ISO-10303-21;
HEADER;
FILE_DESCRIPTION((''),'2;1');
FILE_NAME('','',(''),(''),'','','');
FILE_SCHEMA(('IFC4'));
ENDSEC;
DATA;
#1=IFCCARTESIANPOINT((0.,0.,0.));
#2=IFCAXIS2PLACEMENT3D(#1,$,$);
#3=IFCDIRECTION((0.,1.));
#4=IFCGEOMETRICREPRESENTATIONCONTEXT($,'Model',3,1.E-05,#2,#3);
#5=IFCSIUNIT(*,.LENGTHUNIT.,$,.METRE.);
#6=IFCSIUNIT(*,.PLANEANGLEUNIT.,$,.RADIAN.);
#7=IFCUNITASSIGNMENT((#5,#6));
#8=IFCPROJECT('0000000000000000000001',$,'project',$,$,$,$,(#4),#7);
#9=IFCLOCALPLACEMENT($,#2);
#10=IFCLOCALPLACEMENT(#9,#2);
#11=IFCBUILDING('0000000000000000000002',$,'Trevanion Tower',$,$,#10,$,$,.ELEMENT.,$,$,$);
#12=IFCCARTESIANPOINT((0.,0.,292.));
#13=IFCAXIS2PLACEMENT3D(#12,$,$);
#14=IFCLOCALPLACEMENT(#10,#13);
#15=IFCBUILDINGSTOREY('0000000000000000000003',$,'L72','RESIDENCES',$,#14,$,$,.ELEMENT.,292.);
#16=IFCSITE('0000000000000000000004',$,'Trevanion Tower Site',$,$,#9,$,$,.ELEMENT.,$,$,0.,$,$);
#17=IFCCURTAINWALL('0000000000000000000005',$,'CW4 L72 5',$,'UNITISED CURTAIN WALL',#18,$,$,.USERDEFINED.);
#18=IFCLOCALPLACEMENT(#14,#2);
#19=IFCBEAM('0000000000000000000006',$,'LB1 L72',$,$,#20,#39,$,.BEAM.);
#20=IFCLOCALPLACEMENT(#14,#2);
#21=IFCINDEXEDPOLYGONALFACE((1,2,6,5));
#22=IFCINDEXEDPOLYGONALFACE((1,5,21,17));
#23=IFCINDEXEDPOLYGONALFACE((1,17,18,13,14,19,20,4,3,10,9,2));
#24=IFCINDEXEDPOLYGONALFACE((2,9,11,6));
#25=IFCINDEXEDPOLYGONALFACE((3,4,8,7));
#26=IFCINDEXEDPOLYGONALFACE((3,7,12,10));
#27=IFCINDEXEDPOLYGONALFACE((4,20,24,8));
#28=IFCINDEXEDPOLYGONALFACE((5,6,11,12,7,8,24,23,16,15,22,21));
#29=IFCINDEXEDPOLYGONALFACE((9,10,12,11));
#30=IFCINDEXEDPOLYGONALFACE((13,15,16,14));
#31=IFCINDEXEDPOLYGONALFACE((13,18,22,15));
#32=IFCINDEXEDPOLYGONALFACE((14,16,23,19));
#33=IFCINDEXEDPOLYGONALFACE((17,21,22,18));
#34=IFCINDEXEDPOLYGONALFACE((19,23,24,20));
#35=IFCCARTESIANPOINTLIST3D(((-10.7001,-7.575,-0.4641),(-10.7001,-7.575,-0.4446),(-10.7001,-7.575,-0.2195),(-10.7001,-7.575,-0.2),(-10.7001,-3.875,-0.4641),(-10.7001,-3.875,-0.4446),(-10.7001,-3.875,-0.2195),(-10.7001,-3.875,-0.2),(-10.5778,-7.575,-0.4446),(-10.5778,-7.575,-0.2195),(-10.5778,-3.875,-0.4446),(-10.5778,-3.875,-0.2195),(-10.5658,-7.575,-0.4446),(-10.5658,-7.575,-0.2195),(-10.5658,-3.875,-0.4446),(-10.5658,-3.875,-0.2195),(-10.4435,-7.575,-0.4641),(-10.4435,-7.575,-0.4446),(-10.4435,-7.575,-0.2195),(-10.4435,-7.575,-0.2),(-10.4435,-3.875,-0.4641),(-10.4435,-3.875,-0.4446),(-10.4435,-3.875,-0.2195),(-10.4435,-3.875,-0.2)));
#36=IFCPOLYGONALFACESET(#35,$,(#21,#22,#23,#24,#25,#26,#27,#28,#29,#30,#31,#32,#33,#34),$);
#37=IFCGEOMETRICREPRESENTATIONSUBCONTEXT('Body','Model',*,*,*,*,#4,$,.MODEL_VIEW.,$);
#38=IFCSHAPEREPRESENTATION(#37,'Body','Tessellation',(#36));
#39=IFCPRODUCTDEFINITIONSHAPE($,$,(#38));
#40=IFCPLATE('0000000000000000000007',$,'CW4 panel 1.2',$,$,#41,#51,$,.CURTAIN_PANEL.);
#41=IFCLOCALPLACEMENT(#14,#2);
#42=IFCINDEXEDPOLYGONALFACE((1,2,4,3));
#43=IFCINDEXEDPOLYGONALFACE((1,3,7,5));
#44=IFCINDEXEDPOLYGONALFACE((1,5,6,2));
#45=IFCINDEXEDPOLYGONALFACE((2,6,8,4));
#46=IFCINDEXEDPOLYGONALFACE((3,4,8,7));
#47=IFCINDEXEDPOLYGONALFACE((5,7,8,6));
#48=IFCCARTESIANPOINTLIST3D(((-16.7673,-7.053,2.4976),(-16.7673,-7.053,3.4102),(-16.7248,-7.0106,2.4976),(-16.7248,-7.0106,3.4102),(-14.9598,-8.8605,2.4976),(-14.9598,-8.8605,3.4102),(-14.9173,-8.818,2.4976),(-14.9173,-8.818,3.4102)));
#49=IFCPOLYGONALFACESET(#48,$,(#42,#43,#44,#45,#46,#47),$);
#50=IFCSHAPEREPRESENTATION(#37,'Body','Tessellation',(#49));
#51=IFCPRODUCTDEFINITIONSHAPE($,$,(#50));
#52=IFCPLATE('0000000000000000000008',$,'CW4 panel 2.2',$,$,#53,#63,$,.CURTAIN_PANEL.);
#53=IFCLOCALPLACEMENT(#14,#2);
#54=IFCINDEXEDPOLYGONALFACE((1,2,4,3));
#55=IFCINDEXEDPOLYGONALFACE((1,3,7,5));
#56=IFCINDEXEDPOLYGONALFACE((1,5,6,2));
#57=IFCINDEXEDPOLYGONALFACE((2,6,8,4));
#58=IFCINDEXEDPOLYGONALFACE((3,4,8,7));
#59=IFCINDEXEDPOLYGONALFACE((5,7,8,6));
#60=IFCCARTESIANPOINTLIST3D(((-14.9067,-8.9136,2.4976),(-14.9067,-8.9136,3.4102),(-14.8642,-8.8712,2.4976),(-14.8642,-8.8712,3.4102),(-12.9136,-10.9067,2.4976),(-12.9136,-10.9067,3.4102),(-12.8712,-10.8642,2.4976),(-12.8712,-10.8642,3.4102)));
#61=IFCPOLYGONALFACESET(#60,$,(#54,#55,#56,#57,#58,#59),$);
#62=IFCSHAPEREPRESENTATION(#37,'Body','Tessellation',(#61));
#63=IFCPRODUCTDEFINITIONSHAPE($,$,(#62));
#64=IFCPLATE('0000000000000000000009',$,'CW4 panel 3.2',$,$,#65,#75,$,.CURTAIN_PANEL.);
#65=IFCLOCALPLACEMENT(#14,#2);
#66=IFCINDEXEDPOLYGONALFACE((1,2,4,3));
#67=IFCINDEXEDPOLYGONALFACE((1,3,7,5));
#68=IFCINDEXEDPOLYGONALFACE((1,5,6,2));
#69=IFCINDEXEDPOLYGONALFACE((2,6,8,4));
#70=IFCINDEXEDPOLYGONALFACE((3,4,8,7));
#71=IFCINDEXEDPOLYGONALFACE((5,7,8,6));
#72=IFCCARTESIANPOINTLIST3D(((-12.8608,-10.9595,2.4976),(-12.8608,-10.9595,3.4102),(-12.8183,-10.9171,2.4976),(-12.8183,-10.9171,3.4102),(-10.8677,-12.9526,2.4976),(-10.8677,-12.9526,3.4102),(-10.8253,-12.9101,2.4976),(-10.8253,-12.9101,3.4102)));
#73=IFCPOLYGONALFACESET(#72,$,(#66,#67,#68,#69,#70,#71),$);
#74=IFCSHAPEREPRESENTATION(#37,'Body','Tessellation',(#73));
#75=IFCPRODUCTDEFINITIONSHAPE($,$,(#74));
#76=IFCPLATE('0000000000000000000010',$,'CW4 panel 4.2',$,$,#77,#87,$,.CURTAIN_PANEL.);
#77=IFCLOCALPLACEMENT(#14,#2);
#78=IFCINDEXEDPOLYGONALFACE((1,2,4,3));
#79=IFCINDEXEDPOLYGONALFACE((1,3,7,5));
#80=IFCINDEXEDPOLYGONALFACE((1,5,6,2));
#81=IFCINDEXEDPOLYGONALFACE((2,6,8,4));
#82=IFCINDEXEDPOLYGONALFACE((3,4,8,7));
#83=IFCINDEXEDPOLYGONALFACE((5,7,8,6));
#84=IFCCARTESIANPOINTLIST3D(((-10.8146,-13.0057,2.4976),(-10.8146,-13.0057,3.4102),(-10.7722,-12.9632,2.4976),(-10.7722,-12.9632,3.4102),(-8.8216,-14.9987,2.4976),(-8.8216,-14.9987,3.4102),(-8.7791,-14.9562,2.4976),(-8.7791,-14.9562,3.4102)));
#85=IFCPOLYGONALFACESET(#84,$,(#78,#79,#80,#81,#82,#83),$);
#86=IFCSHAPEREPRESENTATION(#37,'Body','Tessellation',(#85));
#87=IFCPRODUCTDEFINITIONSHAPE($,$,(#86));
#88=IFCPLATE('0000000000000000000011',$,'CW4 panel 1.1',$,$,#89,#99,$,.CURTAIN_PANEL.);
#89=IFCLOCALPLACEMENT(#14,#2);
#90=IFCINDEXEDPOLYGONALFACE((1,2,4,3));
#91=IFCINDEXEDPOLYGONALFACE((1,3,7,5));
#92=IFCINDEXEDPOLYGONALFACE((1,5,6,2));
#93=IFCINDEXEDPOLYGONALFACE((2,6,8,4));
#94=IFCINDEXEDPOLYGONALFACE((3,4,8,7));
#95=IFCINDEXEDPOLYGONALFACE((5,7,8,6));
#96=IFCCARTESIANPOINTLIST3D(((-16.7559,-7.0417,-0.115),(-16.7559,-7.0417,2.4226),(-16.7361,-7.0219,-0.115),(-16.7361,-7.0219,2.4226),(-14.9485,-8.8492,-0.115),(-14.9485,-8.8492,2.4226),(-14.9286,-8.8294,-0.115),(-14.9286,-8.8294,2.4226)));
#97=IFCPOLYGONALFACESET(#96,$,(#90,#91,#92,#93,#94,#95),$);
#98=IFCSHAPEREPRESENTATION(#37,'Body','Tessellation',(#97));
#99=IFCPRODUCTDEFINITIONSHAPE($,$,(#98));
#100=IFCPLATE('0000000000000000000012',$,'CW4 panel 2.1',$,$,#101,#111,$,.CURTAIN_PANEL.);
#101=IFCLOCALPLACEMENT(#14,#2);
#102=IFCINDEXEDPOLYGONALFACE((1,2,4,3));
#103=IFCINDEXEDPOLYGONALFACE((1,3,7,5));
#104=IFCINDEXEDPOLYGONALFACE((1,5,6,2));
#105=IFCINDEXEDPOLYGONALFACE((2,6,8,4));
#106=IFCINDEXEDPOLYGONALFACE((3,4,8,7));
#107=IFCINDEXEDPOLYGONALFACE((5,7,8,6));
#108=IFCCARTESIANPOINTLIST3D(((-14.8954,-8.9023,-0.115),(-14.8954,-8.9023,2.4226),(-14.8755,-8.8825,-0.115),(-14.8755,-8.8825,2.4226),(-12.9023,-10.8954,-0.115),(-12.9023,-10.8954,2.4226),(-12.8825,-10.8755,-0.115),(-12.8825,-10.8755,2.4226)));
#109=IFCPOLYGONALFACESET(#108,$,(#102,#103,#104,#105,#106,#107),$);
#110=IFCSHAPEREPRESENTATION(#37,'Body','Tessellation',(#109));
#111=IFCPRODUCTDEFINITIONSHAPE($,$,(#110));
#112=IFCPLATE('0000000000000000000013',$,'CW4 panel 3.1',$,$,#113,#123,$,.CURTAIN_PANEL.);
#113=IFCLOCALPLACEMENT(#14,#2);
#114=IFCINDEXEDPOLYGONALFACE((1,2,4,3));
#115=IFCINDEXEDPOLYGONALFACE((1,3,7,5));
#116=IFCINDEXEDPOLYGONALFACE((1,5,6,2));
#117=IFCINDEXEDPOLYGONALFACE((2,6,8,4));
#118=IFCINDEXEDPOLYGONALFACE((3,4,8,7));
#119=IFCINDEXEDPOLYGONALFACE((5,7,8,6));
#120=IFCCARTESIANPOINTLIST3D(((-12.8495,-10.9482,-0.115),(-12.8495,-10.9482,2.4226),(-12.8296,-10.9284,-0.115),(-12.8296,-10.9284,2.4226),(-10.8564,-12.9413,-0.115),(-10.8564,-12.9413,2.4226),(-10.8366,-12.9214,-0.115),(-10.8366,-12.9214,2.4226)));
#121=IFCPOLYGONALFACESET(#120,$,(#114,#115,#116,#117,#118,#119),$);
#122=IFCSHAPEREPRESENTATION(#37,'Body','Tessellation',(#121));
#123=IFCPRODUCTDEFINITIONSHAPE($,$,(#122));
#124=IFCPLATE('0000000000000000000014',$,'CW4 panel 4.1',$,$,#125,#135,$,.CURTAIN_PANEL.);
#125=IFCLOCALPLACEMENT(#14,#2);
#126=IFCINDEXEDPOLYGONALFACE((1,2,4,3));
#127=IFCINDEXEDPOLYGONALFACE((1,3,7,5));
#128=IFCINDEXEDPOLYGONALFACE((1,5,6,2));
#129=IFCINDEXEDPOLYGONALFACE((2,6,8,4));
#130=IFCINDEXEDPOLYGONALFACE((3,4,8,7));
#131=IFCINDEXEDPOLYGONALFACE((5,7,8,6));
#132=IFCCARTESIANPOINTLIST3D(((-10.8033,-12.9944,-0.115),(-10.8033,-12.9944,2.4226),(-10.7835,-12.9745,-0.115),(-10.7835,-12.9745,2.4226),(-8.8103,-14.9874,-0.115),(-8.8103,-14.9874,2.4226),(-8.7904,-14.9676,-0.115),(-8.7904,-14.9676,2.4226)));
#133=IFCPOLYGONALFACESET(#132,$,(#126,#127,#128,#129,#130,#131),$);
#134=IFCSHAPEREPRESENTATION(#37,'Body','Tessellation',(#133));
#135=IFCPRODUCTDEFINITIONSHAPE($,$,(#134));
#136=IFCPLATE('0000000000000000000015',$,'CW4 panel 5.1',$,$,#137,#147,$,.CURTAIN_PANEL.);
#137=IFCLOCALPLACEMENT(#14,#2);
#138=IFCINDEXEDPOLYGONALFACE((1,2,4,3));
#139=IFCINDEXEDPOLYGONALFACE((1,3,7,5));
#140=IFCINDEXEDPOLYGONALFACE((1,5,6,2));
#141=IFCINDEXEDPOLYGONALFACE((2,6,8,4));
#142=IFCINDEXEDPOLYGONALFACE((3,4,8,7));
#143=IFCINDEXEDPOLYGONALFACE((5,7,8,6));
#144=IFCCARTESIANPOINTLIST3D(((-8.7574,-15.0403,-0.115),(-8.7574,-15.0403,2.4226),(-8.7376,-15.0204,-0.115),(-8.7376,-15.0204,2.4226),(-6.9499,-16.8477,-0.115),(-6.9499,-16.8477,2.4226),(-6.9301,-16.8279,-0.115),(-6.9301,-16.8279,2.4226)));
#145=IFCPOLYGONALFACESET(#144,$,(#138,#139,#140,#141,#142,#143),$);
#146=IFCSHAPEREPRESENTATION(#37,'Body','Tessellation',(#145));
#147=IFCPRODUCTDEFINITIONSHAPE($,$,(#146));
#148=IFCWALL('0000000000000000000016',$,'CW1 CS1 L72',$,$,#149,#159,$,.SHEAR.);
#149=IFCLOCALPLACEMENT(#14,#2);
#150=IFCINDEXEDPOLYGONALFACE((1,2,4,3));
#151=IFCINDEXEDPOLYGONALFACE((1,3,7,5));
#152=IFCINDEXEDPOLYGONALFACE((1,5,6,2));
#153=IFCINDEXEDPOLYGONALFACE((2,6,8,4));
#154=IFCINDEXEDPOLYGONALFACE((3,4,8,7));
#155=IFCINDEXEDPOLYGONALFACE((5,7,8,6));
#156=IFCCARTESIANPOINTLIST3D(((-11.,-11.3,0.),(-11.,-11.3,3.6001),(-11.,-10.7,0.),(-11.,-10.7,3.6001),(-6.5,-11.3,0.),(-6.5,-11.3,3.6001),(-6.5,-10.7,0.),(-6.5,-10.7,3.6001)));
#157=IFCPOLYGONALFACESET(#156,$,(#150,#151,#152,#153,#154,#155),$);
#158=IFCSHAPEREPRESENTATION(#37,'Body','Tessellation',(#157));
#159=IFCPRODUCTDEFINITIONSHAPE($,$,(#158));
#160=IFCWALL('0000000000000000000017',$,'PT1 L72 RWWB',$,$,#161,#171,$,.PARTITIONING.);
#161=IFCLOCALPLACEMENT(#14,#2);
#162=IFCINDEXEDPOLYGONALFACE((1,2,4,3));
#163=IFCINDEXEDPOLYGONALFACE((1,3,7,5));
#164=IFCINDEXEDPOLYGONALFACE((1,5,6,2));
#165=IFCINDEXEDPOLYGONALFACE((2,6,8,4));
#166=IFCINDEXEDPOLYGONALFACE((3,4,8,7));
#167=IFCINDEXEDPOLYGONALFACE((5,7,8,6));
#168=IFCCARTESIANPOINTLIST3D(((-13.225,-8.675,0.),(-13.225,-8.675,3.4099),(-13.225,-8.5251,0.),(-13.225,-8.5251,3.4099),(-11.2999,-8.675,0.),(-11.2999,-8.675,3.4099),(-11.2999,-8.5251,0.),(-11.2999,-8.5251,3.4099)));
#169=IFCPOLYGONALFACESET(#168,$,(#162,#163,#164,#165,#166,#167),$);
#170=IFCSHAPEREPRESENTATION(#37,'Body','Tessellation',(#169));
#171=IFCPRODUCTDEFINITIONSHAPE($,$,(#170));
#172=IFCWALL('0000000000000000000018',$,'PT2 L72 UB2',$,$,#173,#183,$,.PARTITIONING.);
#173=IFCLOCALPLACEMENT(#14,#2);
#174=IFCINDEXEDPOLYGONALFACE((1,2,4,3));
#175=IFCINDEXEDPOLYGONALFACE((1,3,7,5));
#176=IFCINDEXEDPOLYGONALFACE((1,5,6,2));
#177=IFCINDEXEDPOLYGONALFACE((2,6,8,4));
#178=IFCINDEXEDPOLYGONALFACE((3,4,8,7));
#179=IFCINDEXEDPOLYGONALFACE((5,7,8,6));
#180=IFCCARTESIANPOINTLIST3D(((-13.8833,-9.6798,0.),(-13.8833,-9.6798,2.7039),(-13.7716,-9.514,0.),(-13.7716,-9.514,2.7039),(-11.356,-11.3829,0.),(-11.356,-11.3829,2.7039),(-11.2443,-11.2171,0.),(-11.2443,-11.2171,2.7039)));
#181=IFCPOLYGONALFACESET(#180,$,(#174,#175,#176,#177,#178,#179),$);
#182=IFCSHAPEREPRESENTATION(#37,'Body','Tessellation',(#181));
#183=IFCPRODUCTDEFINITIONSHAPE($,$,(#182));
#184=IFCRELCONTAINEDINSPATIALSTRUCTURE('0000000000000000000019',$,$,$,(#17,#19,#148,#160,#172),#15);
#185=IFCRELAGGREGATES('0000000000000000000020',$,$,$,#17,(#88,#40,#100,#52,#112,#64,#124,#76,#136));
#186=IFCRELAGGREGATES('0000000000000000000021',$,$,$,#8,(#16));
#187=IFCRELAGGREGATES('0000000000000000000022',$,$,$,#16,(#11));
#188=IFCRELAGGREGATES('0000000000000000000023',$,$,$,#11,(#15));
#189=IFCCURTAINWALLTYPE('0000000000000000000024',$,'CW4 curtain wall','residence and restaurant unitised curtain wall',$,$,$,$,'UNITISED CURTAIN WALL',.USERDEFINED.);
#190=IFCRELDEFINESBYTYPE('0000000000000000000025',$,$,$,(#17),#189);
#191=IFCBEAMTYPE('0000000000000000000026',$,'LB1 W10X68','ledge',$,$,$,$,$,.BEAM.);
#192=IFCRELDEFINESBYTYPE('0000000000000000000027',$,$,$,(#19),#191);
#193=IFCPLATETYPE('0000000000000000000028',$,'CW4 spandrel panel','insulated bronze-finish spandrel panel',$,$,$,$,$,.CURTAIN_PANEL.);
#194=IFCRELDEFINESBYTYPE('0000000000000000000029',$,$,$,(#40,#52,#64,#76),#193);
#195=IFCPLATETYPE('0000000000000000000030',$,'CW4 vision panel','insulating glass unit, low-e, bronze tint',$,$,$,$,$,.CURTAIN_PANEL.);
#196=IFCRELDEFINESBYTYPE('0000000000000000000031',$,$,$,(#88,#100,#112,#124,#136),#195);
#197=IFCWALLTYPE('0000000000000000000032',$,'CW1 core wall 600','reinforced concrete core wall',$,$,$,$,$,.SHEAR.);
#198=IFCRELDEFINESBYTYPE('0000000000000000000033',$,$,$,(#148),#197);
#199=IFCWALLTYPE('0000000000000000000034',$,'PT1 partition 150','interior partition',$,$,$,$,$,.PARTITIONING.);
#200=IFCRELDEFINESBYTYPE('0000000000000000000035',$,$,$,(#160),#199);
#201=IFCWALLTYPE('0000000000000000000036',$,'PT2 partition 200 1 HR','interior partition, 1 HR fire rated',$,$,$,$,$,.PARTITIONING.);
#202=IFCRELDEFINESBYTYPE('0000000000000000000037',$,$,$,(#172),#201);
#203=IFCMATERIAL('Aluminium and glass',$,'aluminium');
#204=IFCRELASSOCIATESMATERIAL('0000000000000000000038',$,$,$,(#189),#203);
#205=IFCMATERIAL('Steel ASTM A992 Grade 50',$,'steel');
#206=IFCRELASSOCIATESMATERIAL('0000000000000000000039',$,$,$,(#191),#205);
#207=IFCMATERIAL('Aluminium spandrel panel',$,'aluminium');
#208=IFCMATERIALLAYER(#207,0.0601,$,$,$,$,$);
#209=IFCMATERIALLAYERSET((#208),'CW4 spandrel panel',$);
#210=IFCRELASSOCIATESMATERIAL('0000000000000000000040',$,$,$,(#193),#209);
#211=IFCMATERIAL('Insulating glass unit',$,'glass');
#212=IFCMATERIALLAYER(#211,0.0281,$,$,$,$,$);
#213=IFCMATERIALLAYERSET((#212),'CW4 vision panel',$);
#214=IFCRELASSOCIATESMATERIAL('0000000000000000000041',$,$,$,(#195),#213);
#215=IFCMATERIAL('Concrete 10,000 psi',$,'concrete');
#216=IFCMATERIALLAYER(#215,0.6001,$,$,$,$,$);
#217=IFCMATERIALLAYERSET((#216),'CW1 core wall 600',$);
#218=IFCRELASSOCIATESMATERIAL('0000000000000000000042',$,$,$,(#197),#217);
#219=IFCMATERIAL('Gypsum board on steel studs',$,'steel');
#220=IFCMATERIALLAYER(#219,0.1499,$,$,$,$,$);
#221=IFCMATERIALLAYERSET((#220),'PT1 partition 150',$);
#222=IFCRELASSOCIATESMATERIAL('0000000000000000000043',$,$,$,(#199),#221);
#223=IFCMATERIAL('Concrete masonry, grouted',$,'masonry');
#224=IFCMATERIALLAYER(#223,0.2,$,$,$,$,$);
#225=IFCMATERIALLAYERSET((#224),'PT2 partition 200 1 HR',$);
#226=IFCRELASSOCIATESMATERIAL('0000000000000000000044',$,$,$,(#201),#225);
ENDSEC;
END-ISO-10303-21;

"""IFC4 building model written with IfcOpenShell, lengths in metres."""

from ifc_helpers import new_model, si_unit, direction, frame, frame_2d, origin, origin_2d, place, context, subcontext, project, spatial, rectangle, i_section, extrude, material, layer, layer_set, material_profile, profile_set, type_object, element, aggregate, save


model = new_model("IFC4")

# Units and contexts
model_context = context("Model", 3, precision=1e-05, world=origin(), true_north=direction((0.0, 1.0)))
body_context = subcontext(model_context, "Body", "Model", "MODEL_VIEW")
ifc_project = project(units=[si_unit("LENGTHUNIT", "METRE"), si_unit("PLANEANGLEUNIT", "RADIAN")], contexts=[model_context])

# Site, building, storey
site_placement = place(None, origin())
site = spatial("IfcSite", under=ifc_project, at=site_placement, Name="Trevanion Tower Site", CompositionType="ELEMENT", RefElevation=0.0)
building_placement = place(site_placement, origin())
building = spatial("IfcBuilding", under=site, at=building_placement, Name="Trevanion Tower", CompositionType="ELEMENT")
storey_placement = place(building_placement, frame((0.0, 0.0, 292.0)))
storey = spatial("IfcBuildingStorey", under=building, at=storey_placement, Name="L72", Description="RESIDENCES", CompositionType="ELEMENT", Elevation=292.0)

# Curtain wall
ifc_material_1 = material(Name="Aluminium and glass", Category="aluminium")
curtain_wall_type = type_object("IfcCurtainWallType", Name="CW4 curtain wall", Description="residence and restaurant unitised curtain wall", ElementType="UNITISED CURTAIN WALL", PredefinedType="USERDEFINED", material=ifc_material_1)
curtain_wall_placement = place(storey_placement, origin())
curtain_wall = element("IfcCurtainWall", 1, at=curtain_wall_placement, inside=storey, type_object=curtain_wall_type, Name="CW4 L72 5", ObjectType="UNITISED CURTAIN WALL", PredefinedType="USERDEFINED")

# Beam
ifc_material_2 = material(Name="Steel ASTM A992 Grade 50", Category="steel")
ifc_material_profile_1 = material_profile(ifc_material_2, i_section(OverallWidth=0.2566, OverallDepth=0.2642, WebThickness=0.012, FlangeThickness=0.0195, at=origin_2d()), Name="W10X68")
ifc_profile_set_1 = profile_set([ifc_material_profile_1], Name="Steel ASTM A992 Grade 50")
beam_type = type_object("IfcBeamType", Name="LB1 W10X68", Description="ledge", PredefinedType="BEAM", material=ifc_profile_set_1)
beam_placement = place(storey_placement, frame((-10.5718, -7.575, -0.332), z_axis=(0.0, 1.0, 0.0), x_axis=(-1.0, 0.0, 0.0)))
element("IfcBeam", 2, at=beam_placement, inside=storey, type_object=beam_type, Name="LB1 L72", PredefinedType="BEAM", context=body_context, shape_type="SweptSolid", body=[
    extrude(i_section(OverallWidth=0.2566, OverallDepth=0.2642, WebThickness=0.012, FlangeThickness=0.0195, at=origin_2d()), origin(), (0.0, 0.0, 1.0), 3.7),
])

# Plates
ifc_material_3 = material(Name="Aluminium spandrel panel", Category="aluminium")
ifc_layer_1 = layer(ifc_material_3, 0.0601)
ifc_layer_set_1 = layer_set([ifc_layer_1], Name="CW4 spandrel panel")
plate_type_1 = type_object("IfcPlateType", Name="CW4 spandrel panel", Description="insulated bronze-finish spandrel panel", PredefinedType="CURTAIN_PANEL", material=ifc_layer_set_1)
plate_1_placement = place(storey_placement, frame((-15.8423, -7.9355, 2.4976), z_axis=(0.0, 0.0, 1.0), x_axis=(0.707107, -0.707107, 0.0)))
plate_1 = element("IfcPlate", 3, at=plate_1_placement, type_object=plate_type_1, Name="CW4 panel 1.2", PredefinedType="CURTAIN_PANEL", context=body_context, shape_type="SweptSolid", body=[
    extrude(rectangle(XDim=2.5562, YDim=0.0601, at=origin_2d()), origin(), (0.0, 0.0, 1.0), 0.9126),
])
plate_2_placement = place(storey_placement, frame((-13.8889, -9.8889, 2.4976), z_axis=(0.0, 0.0, 1.0), x_axis=(0.707107, -0.707107, 0.0)))
plate_2 = element("IfcPlate", 4, at=plate_2_placement, type_object=plate_type_1, Name="CW4 panel 2.2", PredefinedType="CURTAIN_PANEL", context=body_context, shape_type="SweptSolid", body=[
    extrude(rectangle(XDim=2.8186, YDim=0.0601, at=origin_2d()), origin(), (0.0, 0.0, 1.0), 0.9126),
])
plate_3_placement = place(storey_placement, frame((-11.843, -11.9348, 2.4976), z_axis=(0.0, 0.0, 1.0), x_axis=(0.707107, -0.707107, 0.0)))
plate_3 = element("IfcPlate", 5, at=plate_3_placement, type_object=plate_type_1, Name="CW4 panel 3.2", PredefinedType="CURTAIN_PANEL", context=body_context, shape_type="SweptSolid", body=[
    extrude(rectangle(XDim=2.8186, YDim=0.0601, at=origin_2d()), origin(), (0.0, 0.0, 1.0), 0.9126),
])
plate_4_placement = place(storey_placement, frame((-9.7969, -13.981, 2.4976), z_axis=(0.0, 0.0, 1.0), x_axis=(0.707107, -0.707107, 0.0)))
plate_4 = element("IfcPlate", 6, at=plate_4_placement, type_object=plate_type_1, Name="CW4 panel 4.2", PredefinedType="CURTAIN_PANEL", context=body_context, shape_type="SweptSolid", body=[
    extrude(rectangle(XDim=2.8186, YDim=0.0601, at=origin_2d()), origin(), (0.0, 0.0, 1.0), 0.9126),
])
ifc_material_4 = material(Name="Insulating glass unit", Category="glass")
ifc_layer_2 = layer(ifc_material_4, 0.0281)
ifc_layer_set_2 = layer_set([ifc_layer_2], Name="CW4 vision panel")
plate_type_2 = type_object("IfcPlateType", Name="CW4 vision panel", Description="insulating glass unit, low-e, bronze tint", PredefinedType="CURTAIN_PANEL", material=ifc_layer_set_2)
plate_5_placement = place(storey_placement, frame((-15.8423, -7.9355, -0.115), z_axis=(0.0, 0.0, 1.0), x_axis=(0.707107, -0.707107, 0.0)))
plate_5 = element("IfcPlate", 7, at=plate_5_placement, type_object=plate_type_2, Name="CW4 panel 1.1", PredefinedType="CURTAIN_PANEL", context=body_context, shape_type="SweptSolid", body=[
    extrude(rectangle(XDim=2.5562, YDim=0.0281, at=origin_2d()), origin(), (0.0, 0.0, 1.0), 2.5376),
])
plate_6_placement = place(storey_placement, frame((-13.8889, -9.8889, -0.115), z_axis=(0.0, 0.0, 1.0), x_axis=(0.707107, -0.707107, 0.0)))
plate_6 = element("IfcPlate", 8, at=plate_6_placement, type_object=plate_type_2, Name="CW4 panel 2.1", PredefinedType="CURTAIN_PANEL", context=body_context, shape_type="SweptSolid", body=[
    extrude(rectangle(XDim=2.8186, YDim=0.0281, at=origin_2d()), origin(), (0.0, 0.0, 1.0), 2.5376),
])
plate_7_placement = place(storey_placement, frame((-11.843, -11.9348, -0.115), z_axis=(0.0, 0.0, 1.0), x_axis=(0.707107, -0.707107, 0.0)))
plate_7 = element("IfcPlate", 9, at=plate_7_placement, type_object=plate_type_2, Name="CW4 panel 3.1", PredefinedType="CURTAIN_PANEL", context=body_context, shape_type="SweptSolid", body=[
    extrude(rectangle(XDim=2.8186, YDim=0.0281, at=origin_2d()), origin(), (0.0, 0.0, 1.0), 2.5376),
])
plate_8_placement = place(storey_placement, frame((-9.7969, -13.981, -0.115), z_axis=(0.0, 0.0, 1.0), x_axis=(0.707107, -0.707107, 0.0)))
plate_8 = element("IfcPlate", 10, at=plate_8_placement, type_object=plate_type_2, Name="CW4 panel 4.1", PredefinedType="CURTAIN_PANEL", context=body_context, shape_type="SweptSolid", body=[
    extrude(rectangle(XDim=2.8186, YDim=0.0281, at=origin_2d()), origin(), (0.0, 0.0, 1.0), 2.5376),
])
plate_9_placement = place(storey_placement, frame((-7.8438, -15.9341, -0.115), z_axis=(0.0, 0.0, 1.0), x_axis=(0.707107, -0.707107, 0.0)))
plate_9 = element("IfcPlate", 11, at=plate_9_placement, type_object=plate_type_2, Name="CW4 panel 5.1", PredefinedType="CURTAIN_PANEL", context=body_context, shape_type="SweptSolid", body=[
    extrude(rectangle(XDim=2.5562, YDim=0.0281, at=origin_2d()), origin(), (0.0, 0.0, 1.0), 2.5376),
])
aggregate(curtain_wall, [plate_5, plate_1, plate_6, plate_2, plate_7, plate_3, plate_8, plate_4, plate_9])

# Walls
ifc_material_5 = material(Name="Concrete 10,000 psi", Category="concrete")
ifc_layer_3 = layer(ifc_material_5, 0.6001)
ifc_layer_set_3 = layer_set([ifc_layer_3], Name="CW1 core wall 600")
wall_type_1 = type_object("IfcWallType", Name="CW1 core wall 600", Description="reinforced concrete core wall", PredefinedType="SHEAR", material=ifc_layer_set_3)
wall_1_placement = place(storey_placement, frame((-11.0, -11.0, 0.0), z_axis=(0.0, 0.0, 1.0), x_axis=(1.0, 0.0, 0.0)))
element("IfcWall", 12, at=wall_1_placement, inside=storey, type_object=wall_type_1, Name="CW1 CS1 L72", PredefinedType="SHEAR", context=body_context, shape_type="SweptSolid", body=[
    extrude(rectangle(XDim=4.5, YDim=0.6001, at=frame_2d((2.25, 0.0))), origin(), (0.0, 0.0, 1.0), 3.6001),
])
ifc_material_6 = material(Name="Gypsum board on steel studs", Category="steel")
ifc_layer_4 = layer(ifc_material_6, 0.1499)
ifc_layer_set_4 = layer_set([ifc_layer_4], Name="PT1 partition 150")
wall_type_2 = type_object("IfcWallType", Name="PT1 partition 150", Description="interior partition", PredefinedType="PARTITIONING", material=ifc_layer_set_4)
wall_2_placement = place(storey_placement, frame((-11.3, -8.6001, 0.0), z_axis=(0.0, 0.0, 1.0), x_axis=(-1.0, 0.0, 0.0)))
element("IfcWall", 13, at=wall_2_placement, inside=storey, type_object=wall_type_2, Name="PT1 L72 RWWB", PredefinedType="PARTITIONING", context=body_context, shape_type="SweptSolid", body=[
    extrude(rectangle(XDim=1.925, YDim=0.1499, at=frame_2d((0.9624, 0.0))), origin(), (0.0, 0.0, 1.0), 3.4099),
])
ifc_material_7 = material(Name="Concrete masonry, grouted", Category="masonry")
ifc_layer_5 = layer(ifc_material_7, 0.2)
ifc_layer_set_5 = layer_set([ifc_layer_5], Name="PT2 partition 200 1 HR")
wall_type_3 = type_object("IfcWallType", Name="PT2 partition 200 1 HR", Description="interior partition, 1 HR fire rated", PredefinedType="PARTITIONING", material=ifc_layer_set_5)
wall_3_placement = place(storey_placement, frame((-11.3, -11.3, 0.0), z_axis=(0.0, 0.0, 1.0), x_axis=(-0.829279, 0.558834, 0.0)))
element("IfcWall", 14, at=wall_3_placement, inside=storey, type_object=wall_type_3, Name="PT2 L72 UB2", PredefinedType="PARTITIONING", context=body_context, shape_type="SweptSolid", body=[
    extrude(rectangle(XDim=3.0476, YDim=0.2, at=frame_2d((1.5239, 0.0))), origin(), (0.0, 0.0, 1.0), 2.7039),
])

save(model, "model.ifc")
